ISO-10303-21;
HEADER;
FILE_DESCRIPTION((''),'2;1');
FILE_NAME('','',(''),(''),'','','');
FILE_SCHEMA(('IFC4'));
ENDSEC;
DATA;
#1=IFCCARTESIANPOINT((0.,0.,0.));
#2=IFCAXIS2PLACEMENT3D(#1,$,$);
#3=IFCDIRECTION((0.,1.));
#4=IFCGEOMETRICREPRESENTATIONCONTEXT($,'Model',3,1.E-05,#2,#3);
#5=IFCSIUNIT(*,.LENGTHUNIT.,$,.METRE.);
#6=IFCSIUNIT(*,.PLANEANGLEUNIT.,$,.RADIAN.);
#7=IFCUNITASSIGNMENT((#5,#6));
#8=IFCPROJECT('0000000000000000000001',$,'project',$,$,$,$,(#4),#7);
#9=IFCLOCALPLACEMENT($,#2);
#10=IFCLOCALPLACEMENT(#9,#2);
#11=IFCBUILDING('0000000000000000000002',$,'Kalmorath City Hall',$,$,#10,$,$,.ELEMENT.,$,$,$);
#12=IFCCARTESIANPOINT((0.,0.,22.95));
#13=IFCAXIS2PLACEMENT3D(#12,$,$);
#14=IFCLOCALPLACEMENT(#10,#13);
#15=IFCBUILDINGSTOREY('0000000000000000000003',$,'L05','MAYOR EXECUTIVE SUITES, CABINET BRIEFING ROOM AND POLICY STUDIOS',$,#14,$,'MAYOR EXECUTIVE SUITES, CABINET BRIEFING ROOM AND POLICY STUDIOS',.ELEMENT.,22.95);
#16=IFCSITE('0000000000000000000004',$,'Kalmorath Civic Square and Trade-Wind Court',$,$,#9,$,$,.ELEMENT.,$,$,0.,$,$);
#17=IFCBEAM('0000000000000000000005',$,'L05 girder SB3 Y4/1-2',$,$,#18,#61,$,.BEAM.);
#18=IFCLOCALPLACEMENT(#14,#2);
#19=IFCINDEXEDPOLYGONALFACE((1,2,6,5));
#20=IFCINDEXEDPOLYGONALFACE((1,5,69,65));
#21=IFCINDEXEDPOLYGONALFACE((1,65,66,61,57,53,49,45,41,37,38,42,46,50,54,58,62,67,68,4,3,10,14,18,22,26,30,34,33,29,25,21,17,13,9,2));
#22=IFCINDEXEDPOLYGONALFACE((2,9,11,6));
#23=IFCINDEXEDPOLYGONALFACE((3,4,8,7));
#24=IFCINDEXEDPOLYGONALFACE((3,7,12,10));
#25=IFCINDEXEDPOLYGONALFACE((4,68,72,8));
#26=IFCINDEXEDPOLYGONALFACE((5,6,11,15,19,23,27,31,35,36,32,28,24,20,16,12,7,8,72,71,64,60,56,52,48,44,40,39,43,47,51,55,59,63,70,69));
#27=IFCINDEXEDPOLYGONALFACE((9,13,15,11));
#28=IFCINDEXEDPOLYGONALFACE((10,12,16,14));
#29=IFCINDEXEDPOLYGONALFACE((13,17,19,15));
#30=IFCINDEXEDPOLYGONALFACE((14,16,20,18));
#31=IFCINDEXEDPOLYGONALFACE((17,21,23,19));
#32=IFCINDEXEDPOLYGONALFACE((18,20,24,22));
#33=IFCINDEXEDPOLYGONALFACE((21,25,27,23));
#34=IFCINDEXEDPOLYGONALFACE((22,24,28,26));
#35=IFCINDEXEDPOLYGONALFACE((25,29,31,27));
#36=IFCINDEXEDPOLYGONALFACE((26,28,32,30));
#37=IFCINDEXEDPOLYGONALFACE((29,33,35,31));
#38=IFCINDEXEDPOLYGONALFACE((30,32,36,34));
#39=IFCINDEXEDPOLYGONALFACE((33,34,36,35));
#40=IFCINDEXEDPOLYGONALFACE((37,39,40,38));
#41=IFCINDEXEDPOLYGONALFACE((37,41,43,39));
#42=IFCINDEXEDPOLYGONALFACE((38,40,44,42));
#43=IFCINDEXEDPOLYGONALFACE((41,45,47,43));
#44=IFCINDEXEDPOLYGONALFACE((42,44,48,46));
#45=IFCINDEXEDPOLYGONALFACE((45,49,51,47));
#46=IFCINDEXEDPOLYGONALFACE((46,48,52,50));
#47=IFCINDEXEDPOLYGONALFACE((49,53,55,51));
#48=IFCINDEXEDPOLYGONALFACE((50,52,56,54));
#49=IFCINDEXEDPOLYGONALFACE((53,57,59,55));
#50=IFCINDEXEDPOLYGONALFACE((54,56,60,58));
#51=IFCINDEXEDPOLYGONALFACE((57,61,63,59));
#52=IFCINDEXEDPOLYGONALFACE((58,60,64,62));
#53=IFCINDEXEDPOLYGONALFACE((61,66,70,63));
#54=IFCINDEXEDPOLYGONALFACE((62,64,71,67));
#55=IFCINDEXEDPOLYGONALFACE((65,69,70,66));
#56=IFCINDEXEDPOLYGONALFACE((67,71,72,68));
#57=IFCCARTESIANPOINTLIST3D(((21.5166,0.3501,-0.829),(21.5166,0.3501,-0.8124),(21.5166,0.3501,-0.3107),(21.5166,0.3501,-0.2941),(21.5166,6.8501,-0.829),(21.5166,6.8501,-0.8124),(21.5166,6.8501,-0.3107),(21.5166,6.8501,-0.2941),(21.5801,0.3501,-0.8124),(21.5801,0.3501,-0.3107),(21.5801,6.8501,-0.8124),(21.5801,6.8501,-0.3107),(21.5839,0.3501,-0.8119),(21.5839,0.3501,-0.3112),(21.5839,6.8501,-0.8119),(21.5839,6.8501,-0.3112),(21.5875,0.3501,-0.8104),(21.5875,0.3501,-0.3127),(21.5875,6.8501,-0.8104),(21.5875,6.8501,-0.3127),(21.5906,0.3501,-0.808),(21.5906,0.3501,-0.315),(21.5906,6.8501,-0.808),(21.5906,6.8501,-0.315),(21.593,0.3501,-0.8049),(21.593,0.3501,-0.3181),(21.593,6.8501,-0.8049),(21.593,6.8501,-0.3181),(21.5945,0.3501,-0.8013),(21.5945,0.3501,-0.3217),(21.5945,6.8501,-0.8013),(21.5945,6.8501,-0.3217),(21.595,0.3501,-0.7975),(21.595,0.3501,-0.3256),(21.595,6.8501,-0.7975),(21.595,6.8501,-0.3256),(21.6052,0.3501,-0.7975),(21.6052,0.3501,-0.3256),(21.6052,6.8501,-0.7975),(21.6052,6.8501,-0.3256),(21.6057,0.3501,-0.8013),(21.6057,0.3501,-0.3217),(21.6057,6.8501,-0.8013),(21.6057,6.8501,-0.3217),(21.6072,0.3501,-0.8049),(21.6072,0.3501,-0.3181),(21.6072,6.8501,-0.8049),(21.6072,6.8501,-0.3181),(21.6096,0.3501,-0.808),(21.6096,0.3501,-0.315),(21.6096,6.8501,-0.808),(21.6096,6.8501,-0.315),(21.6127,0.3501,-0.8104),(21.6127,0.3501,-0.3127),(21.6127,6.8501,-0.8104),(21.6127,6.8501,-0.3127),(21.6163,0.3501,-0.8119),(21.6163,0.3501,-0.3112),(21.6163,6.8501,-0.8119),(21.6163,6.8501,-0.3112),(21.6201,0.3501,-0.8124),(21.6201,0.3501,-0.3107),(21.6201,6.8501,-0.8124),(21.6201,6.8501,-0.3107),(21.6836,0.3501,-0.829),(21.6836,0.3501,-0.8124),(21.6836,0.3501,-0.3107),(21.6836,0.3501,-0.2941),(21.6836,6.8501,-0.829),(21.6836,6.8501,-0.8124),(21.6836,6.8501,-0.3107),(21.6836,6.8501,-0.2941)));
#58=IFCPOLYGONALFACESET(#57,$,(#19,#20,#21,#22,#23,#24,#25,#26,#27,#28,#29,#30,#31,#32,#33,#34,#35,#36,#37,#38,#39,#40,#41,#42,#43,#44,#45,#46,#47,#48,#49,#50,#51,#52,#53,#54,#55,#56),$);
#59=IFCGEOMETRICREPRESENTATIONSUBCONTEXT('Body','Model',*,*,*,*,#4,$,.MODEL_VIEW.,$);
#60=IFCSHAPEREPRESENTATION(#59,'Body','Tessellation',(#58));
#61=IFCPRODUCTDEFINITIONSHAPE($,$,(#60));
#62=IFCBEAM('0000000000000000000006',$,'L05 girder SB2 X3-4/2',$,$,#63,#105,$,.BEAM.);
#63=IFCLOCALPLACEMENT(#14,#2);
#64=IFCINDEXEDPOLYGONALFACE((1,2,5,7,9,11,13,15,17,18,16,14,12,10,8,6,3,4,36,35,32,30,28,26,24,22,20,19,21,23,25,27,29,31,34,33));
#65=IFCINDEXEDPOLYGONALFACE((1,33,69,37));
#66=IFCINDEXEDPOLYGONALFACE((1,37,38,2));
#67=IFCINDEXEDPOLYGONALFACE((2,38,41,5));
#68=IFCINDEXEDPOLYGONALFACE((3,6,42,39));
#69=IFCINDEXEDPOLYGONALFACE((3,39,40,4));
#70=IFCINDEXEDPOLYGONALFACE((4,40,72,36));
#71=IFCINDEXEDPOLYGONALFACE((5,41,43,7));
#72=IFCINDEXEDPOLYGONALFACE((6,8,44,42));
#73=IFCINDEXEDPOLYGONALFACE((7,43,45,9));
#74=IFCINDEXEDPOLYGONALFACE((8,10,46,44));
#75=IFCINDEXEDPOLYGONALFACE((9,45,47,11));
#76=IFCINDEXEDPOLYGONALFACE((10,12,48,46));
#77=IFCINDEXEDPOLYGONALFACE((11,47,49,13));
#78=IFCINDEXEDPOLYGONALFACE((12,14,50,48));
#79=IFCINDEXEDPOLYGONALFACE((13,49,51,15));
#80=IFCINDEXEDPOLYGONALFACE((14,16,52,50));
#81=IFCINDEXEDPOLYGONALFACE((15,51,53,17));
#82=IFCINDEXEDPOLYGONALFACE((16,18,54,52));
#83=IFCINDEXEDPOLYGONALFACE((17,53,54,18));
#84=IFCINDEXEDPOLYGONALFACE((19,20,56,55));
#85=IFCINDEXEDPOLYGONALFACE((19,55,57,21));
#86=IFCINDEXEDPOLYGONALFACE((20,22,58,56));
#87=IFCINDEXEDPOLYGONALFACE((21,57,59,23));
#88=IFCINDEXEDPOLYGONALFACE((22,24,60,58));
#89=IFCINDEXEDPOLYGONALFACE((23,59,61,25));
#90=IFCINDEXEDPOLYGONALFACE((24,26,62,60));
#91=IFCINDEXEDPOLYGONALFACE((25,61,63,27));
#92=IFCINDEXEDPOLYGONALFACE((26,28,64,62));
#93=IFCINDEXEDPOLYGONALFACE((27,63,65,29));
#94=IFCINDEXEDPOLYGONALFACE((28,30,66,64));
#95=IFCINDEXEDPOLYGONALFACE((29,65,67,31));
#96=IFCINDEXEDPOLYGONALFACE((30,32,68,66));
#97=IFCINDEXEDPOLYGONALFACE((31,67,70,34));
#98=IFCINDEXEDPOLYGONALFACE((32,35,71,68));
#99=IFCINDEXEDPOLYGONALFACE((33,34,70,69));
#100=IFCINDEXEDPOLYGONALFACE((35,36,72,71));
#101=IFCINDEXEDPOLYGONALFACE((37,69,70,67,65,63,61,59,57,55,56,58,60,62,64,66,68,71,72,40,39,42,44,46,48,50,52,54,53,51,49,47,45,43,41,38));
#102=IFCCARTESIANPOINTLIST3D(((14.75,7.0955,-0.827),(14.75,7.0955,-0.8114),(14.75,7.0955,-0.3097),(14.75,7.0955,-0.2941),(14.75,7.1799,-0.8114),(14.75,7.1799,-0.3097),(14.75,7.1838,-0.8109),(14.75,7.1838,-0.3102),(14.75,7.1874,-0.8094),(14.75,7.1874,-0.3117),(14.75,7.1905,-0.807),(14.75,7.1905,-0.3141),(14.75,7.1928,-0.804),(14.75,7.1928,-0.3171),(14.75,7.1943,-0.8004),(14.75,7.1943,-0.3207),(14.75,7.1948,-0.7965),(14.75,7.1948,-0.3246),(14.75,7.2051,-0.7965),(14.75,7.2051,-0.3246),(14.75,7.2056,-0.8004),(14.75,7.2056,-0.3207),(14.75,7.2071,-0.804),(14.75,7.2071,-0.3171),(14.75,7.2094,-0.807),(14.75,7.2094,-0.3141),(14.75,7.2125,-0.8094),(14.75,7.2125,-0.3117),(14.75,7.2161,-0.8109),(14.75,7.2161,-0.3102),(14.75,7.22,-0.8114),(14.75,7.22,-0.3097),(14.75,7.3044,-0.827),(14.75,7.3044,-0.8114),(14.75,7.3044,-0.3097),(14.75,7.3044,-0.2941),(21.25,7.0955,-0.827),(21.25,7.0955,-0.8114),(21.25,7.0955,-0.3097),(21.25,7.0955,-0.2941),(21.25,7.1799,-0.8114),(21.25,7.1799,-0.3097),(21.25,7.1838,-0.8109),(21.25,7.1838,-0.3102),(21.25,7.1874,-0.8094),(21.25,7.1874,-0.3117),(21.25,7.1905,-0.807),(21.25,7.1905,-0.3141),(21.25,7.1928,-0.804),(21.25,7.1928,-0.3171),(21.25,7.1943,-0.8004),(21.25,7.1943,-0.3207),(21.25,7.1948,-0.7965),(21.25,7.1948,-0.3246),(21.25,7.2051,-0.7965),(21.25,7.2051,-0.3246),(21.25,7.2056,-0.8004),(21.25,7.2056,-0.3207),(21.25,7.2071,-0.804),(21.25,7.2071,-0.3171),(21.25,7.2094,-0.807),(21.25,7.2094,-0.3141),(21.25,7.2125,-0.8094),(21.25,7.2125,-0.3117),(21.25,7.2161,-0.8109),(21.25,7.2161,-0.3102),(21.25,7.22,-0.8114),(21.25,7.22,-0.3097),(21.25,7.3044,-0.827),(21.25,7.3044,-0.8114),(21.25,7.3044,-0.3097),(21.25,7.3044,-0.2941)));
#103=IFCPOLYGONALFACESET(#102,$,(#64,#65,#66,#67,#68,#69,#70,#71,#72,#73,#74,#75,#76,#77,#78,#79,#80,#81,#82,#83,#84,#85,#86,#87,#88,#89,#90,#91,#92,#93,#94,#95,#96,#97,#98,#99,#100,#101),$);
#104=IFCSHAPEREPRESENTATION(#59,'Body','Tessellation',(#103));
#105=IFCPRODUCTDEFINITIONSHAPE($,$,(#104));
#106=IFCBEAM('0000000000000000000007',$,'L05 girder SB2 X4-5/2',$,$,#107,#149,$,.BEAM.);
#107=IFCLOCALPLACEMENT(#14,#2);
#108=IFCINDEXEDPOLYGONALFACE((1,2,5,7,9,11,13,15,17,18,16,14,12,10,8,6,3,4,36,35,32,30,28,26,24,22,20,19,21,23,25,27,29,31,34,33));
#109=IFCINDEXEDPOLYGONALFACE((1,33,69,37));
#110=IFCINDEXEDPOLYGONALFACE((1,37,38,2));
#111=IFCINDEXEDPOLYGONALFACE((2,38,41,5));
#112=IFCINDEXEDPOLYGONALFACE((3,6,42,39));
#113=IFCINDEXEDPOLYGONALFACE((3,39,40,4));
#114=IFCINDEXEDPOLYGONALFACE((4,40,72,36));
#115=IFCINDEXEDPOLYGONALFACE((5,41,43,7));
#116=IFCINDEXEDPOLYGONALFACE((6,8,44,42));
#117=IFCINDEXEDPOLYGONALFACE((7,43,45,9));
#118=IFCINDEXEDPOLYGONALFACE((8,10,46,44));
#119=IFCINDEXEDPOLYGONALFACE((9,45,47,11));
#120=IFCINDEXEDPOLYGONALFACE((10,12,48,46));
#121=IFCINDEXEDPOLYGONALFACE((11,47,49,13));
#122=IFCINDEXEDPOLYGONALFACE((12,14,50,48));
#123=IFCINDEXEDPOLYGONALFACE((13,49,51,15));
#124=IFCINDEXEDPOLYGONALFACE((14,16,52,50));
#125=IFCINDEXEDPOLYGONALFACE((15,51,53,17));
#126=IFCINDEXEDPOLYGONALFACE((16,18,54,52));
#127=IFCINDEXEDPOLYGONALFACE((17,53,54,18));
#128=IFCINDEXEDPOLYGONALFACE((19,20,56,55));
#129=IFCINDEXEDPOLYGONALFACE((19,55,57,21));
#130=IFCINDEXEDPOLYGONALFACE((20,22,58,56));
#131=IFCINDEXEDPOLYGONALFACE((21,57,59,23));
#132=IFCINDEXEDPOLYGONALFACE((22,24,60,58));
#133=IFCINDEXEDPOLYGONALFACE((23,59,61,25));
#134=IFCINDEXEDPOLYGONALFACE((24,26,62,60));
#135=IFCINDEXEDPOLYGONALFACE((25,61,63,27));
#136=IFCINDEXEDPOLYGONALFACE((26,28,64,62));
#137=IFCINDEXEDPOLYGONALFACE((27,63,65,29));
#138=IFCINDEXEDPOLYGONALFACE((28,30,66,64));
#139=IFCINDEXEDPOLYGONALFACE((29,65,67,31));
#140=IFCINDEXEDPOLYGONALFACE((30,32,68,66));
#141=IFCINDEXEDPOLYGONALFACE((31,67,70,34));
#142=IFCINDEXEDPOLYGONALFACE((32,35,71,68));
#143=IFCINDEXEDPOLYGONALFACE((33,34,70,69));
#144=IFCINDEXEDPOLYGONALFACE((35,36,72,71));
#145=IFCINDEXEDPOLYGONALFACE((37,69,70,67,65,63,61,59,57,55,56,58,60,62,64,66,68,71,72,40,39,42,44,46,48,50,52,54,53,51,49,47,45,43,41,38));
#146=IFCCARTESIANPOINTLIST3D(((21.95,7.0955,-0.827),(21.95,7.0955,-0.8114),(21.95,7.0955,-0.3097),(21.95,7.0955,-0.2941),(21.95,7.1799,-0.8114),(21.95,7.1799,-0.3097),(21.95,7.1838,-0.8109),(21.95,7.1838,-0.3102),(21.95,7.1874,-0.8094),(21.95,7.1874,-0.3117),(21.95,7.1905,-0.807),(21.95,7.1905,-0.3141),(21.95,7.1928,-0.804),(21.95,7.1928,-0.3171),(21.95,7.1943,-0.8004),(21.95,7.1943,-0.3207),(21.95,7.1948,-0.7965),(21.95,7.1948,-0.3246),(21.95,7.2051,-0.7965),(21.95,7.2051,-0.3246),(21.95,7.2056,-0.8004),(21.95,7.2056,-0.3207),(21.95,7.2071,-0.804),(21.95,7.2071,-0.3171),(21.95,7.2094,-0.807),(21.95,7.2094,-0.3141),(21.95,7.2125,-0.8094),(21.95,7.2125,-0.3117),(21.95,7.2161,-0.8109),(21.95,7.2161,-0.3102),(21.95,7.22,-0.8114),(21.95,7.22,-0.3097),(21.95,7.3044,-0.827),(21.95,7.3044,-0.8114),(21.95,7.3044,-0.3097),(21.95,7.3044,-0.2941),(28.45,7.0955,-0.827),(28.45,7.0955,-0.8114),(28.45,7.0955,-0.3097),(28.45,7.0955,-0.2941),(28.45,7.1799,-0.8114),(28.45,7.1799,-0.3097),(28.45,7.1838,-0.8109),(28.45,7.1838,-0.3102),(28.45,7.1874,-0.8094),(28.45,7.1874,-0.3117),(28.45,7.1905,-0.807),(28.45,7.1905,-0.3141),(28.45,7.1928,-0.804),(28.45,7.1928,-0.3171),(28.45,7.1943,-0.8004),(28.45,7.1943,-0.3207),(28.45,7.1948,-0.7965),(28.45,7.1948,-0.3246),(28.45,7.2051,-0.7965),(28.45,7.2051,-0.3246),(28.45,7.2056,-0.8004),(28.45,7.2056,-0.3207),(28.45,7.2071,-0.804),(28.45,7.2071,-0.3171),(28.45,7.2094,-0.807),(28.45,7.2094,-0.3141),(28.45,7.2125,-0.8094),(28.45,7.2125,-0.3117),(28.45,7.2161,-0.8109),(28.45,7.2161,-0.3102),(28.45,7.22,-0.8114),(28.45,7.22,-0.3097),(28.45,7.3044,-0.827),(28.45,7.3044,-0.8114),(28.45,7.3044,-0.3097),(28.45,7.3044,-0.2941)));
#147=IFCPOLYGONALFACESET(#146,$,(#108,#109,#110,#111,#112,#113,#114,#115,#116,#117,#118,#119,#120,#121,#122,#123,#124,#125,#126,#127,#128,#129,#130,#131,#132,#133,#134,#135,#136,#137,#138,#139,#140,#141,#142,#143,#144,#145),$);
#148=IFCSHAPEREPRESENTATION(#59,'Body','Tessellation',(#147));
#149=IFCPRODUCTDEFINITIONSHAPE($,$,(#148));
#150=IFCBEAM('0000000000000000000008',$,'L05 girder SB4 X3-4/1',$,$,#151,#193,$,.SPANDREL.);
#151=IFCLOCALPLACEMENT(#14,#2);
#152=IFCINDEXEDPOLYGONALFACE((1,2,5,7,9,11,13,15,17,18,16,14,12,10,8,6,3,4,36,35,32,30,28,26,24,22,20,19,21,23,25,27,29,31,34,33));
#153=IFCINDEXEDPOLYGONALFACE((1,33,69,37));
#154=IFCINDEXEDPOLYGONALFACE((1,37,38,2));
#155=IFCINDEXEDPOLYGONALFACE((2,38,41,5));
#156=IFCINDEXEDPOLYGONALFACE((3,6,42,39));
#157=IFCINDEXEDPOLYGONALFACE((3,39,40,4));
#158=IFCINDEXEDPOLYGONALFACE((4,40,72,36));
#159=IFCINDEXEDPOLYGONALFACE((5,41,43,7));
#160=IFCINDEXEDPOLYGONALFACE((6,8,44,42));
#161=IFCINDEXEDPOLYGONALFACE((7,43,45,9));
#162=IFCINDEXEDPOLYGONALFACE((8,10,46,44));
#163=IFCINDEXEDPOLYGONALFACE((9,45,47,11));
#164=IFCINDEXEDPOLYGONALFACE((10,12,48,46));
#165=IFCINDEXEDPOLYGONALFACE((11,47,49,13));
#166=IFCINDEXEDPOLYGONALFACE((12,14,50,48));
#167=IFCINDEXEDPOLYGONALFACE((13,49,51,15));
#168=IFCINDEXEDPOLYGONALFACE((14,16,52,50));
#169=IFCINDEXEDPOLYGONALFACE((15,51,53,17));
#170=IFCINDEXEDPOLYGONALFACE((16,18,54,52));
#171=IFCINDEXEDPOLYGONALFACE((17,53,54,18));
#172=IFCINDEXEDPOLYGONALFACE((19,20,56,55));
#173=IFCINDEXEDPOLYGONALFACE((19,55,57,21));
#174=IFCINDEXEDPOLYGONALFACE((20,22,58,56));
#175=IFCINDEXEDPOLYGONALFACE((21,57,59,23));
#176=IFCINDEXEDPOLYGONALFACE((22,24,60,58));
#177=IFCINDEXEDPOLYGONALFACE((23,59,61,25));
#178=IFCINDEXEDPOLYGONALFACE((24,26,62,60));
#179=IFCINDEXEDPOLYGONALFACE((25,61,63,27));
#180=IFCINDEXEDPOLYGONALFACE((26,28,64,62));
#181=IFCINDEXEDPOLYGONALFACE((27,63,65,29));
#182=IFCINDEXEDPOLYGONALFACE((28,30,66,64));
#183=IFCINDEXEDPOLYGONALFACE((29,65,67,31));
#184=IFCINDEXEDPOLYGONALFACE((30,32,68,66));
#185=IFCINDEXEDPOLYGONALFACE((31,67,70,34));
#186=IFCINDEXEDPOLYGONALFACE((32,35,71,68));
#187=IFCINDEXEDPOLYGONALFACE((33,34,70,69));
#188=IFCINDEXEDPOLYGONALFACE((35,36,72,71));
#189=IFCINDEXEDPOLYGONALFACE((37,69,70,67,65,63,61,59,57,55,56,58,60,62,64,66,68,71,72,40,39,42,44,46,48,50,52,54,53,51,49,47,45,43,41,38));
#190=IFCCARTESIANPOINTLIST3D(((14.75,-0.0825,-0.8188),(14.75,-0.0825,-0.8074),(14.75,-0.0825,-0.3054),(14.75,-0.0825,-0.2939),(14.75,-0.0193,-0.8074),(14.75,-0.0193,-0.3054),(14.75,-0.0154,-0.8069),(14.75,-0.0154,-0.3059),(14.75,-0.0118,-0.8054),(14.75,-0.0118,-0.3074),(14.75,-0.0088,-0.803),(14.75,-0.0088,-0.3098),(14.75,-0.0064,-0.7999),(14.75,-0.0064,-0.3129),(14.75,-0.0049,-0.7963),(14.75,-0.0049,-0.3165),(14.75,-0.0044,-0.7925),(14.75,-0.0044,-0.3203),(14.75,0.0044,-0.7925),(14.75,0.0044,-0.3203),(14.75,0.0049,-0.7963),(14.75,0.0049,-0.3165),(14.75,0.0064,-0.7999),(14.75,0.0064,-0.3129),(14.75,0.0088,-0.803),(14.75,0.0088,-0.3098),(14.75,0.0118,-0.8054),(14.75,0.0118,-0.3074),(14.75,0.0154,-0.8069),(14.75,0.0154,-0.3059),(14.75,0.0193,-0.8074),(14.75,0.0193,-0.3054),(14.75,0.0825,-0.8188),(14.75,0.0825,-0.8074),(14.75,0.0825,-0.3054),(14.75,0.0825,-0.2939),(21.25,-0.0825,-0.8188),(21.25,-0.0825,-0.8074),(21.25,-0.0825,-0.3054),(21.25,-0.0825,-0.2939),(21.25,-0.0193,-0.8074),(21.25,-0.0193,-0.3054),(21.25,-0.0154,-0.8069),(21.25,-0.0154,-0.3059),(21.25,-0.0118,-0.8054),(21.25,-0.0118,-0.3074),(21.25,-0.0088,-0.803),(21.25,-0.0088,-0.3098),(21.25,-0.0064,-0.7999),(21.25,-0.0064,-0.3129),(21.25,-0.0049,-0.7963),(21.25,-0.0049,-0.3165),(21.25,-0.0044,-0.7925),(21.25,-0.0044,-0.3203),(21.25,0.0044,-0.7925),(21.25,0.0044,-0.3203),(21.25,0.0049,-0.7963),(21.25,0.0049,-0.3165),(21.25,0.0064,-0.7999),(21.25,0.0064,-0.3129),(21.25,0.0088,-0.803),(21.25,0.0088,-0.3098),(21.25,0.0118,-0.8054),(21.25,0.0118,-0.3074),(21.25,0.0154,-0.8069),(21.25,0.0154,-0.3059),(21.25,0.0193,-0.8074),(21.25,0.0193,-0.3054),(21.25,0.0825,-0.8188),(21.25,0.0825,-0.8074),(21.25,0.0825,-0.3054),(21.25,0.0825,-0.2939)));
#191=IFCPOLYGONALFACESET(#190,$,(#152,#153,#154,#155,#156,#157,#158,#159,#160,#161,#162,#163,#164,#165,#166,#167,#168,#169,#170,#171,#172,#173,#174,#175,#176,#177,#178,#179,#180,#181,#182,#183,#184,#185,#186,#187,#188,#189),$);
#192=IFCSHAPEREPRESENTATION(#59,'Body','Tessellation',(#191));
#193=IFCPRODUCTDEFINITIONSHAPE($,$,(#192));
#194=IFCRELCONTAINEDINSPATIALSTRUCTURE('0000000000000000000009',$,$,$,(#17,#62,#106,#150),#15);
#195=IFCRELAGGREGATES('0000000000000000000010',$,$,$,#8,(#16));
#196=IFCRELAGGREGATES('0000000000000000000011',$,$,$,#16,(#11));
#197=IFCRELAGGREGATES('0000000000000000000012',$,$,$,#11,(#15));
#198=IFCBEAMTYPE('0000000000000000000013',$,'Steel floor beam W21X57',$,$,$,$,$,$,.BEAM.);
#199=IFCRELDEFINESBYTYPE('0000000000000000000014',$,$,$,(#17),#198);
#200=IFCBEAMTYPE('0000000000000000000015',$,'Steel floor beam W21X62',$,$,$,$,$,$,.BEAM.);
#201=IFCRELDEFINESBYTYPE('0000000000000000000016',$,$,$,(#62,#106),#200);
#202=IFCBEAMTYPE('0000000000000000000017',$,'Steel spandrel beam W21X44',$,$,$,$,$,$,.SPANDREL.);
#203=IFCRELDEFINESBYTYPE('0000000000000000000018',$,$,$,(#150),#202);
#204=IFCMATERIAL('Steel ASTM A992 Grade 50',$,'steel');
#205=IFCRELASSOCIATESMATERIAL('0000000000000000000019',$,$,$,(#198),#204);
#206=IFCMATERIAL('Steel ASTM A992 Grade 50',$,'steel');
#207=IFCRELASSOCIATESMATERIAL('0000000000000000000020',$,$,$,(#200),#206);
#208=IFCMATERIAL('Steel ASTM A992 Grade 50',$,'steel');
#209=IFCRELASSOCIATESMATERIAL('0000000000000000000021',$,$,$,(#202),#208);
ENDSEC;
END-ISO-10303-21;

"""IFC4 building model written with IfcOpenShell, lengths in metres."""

from ifc_helpers import new_model, si_unit, direction, frame, origin, origin_2d, place, context, subcontext, project, spatial, i_section, extrude, material, material_profile, profile_set, type_object, element, save


model = new_model("IFC4")

# Units and contexts
model_context = context("Model", 3, precision=1e-05, world=origin(), true_north=direction((0.0, 1.0)))
body_context = subcontext(model_context, "Body", "Model", "MODEL_VIEW")
ifc_project = project(units=[si_unit("LENGTHUNIT", "METRE"), si_unit("PLANEANGLEUNIT", "RADIAN")], contexts=[model_context])

# Site, building, storey
site_placement = place(None, origin())
site = spatial("IfcSite", under=ifc_project, at=site_placement, Name="Kalmorath Civic Square and Trade-Wind Court", CompositionType="ELEMENT", RefElevation=0.0)
building_placement = place(site_placement, origin())
building = spatial("IfcBuilding", under=site, at=building_placement, Name="Kalmorath City Hall", CompositionType="ELEMENT")
storey_placement = place(building_placement, frame((0.0, 0.0, 22.95)))
storey = spatial("IfcBuildingStorey", under=building, at=storey_placement, Name="L05", Description="MAYOR EXECUTIVE SUITES, CABINET BRIEFING ROOM AND POLICY STUDIOS", LongName="MAYOR EXECUTIVE SUITES, CABINET BRIEFING ROOM AND POLICY STUDIOS", CompositionType="ELEMENT", Elevation=22.95)

# Beams
ifc_material_1 = material(Name="Steel ASTM A992 Grade 50", Category="steel")
ifc_material_profile_1 = material_profile(ifc_material_1, i_section(OverallWidth=0.167, OverallDepth=0.5349, WebThickness=0.0103, FlangeThickness=0.0166, FilletRadius=0.0149, at=origin_2d()), Name="W21X57")
ifc_profile_set_1 = profile_set([ifc_material_profile_1], Name="Steel ASTM A992 Grade 50")
beam_type_1 = type_object("IfcBeamType", Name="Steel floor beam W21X57", PredefinedType="BEAM", material=ifc_profile_set_1)
for number, where, z_axis, x_axis, name in (
    (1, (21.6001, 0.3501, -0.5615), (0.0, 1.0, 0.0), (-1.0, 0.0, 0.0), "L05 girder SB3 Y4/1-2"),
):
    element("IfcBeam", number, at=place(storey_placement, frame(where, z_axis=z_axis, x_axis=x_axis)), inside=storey, type_object=beam_type_1, Name=name, PredefinedType="BEAM", context=body_context, shape_type="SweptSolid", body=[
        extrude(i_section(OverallWidth=0.167, OverallDepth=0.5349, WebThickness=0.0103, FlangeThickness=0.0166, FilletRadius=0.0149, at=origin_2d()), origin(), (0.0, 0.0, 1.0), 6.5),
    ])
ifc_material_2 = material(Name="Steel ASTM A992 Grade 50", Category="steel")
ifc_material_profile_2 = material_profile(ifc_material_2, i_section(OverallWidth=0.209, OverallDepth=0.533, WebThickness=0.0103, FlangeThickness=0.0156, FilletRadius=0.0149, at=origin_2d()), Name="W21X62")
ifc_profile_set_2 = profile_set([ifc_material_profile_2], Name="Steel ASTM A992 Grade 50")
beam_type_2 = type_object("IfcBeamType", Name="Steel floor beam W21X62", PredefinedType="BEAM", material=ifc_profile_set_2)
for number, where, z_axis, x_axis, name in (
    (2, (14.75, 7.2, -0.5605), (1.0, 0.0, 0.0), (0.0, 1.0, 0.0), "L05 girder SB2 X3-4/2"),
    (3, (21.95, 7.2, -0.5605), (1.0, 0.0, 0.0), (0.0, 1.0, 0.0), "L05 girder SB2 X4-5/2"),
):
    element("IfcBeam", number, at=place(storey_placement, frame(where, z_axis=z_axis, x_axis=x_axis)), inside=storey, type_object=beam_type_2, Name=name, PredefinedType="BEAM", context=body_context, shape_type="SweptSolid", body=[
        extrude(i_section(OverallWidth=0.209, OverallDepth=0.533, WebThickness=0.0103, FlangeThickness=0.0156, FilletRadius=0.0149, at=origin_2d()), origin(), (0.0, 0.0, 1.0), 6.5),
    ])
ifc_material_3 = material(Name="Steel ASTM A992 Grade 50", Category="steel")
ifc_material_profile_3 = material_profile(ifc_material_3, i_section(OverallWidth=0.165, OverallDepth=0.5249, WebThickness=0.0088, FlangeThickness=0.0115, FilletRadius=0.0149, at=origin_2d()), Name="W21X44")
ifc_profile_set_3 = profile_set([ifc_material_profile_3], Name="Steel ASTM A992 Grade 50")
beam_type_3 = type_object("IfcBeamType", Name="Steel spandrel beam W21X44", PredefinedType="SPANDREL", material=ifc_profile_set_3)
for number, where, z_axis, x_axis, name in (
    (4, (14.75, 0.0, -0.5564), (1.0, 0.0, 0.0), (0.0, 1.0, 0.0), "L05 girder SB4 X3-4/1"),
):
    element("IfcBeam", number, at=place(storey_placement, frame(where, z_axis=z_axis, x_axis=x_axis)), inside=storey, type_object=beam_type_3, Name=name, PredefinedType="SPANDREL", context=body_context, shape_type="SweptSolid", body=[
        extrude(i_section(OverallWidth=0.165, OverallDepth=0.5249, WebThickness=0.0088, FlangeThickness=0.0115, FilletRadius=0.0149, at=origin_2d()), origin(), (0.0, 0.0, 1.0), 6.5),
    ])

save(model, "model.ifc")
